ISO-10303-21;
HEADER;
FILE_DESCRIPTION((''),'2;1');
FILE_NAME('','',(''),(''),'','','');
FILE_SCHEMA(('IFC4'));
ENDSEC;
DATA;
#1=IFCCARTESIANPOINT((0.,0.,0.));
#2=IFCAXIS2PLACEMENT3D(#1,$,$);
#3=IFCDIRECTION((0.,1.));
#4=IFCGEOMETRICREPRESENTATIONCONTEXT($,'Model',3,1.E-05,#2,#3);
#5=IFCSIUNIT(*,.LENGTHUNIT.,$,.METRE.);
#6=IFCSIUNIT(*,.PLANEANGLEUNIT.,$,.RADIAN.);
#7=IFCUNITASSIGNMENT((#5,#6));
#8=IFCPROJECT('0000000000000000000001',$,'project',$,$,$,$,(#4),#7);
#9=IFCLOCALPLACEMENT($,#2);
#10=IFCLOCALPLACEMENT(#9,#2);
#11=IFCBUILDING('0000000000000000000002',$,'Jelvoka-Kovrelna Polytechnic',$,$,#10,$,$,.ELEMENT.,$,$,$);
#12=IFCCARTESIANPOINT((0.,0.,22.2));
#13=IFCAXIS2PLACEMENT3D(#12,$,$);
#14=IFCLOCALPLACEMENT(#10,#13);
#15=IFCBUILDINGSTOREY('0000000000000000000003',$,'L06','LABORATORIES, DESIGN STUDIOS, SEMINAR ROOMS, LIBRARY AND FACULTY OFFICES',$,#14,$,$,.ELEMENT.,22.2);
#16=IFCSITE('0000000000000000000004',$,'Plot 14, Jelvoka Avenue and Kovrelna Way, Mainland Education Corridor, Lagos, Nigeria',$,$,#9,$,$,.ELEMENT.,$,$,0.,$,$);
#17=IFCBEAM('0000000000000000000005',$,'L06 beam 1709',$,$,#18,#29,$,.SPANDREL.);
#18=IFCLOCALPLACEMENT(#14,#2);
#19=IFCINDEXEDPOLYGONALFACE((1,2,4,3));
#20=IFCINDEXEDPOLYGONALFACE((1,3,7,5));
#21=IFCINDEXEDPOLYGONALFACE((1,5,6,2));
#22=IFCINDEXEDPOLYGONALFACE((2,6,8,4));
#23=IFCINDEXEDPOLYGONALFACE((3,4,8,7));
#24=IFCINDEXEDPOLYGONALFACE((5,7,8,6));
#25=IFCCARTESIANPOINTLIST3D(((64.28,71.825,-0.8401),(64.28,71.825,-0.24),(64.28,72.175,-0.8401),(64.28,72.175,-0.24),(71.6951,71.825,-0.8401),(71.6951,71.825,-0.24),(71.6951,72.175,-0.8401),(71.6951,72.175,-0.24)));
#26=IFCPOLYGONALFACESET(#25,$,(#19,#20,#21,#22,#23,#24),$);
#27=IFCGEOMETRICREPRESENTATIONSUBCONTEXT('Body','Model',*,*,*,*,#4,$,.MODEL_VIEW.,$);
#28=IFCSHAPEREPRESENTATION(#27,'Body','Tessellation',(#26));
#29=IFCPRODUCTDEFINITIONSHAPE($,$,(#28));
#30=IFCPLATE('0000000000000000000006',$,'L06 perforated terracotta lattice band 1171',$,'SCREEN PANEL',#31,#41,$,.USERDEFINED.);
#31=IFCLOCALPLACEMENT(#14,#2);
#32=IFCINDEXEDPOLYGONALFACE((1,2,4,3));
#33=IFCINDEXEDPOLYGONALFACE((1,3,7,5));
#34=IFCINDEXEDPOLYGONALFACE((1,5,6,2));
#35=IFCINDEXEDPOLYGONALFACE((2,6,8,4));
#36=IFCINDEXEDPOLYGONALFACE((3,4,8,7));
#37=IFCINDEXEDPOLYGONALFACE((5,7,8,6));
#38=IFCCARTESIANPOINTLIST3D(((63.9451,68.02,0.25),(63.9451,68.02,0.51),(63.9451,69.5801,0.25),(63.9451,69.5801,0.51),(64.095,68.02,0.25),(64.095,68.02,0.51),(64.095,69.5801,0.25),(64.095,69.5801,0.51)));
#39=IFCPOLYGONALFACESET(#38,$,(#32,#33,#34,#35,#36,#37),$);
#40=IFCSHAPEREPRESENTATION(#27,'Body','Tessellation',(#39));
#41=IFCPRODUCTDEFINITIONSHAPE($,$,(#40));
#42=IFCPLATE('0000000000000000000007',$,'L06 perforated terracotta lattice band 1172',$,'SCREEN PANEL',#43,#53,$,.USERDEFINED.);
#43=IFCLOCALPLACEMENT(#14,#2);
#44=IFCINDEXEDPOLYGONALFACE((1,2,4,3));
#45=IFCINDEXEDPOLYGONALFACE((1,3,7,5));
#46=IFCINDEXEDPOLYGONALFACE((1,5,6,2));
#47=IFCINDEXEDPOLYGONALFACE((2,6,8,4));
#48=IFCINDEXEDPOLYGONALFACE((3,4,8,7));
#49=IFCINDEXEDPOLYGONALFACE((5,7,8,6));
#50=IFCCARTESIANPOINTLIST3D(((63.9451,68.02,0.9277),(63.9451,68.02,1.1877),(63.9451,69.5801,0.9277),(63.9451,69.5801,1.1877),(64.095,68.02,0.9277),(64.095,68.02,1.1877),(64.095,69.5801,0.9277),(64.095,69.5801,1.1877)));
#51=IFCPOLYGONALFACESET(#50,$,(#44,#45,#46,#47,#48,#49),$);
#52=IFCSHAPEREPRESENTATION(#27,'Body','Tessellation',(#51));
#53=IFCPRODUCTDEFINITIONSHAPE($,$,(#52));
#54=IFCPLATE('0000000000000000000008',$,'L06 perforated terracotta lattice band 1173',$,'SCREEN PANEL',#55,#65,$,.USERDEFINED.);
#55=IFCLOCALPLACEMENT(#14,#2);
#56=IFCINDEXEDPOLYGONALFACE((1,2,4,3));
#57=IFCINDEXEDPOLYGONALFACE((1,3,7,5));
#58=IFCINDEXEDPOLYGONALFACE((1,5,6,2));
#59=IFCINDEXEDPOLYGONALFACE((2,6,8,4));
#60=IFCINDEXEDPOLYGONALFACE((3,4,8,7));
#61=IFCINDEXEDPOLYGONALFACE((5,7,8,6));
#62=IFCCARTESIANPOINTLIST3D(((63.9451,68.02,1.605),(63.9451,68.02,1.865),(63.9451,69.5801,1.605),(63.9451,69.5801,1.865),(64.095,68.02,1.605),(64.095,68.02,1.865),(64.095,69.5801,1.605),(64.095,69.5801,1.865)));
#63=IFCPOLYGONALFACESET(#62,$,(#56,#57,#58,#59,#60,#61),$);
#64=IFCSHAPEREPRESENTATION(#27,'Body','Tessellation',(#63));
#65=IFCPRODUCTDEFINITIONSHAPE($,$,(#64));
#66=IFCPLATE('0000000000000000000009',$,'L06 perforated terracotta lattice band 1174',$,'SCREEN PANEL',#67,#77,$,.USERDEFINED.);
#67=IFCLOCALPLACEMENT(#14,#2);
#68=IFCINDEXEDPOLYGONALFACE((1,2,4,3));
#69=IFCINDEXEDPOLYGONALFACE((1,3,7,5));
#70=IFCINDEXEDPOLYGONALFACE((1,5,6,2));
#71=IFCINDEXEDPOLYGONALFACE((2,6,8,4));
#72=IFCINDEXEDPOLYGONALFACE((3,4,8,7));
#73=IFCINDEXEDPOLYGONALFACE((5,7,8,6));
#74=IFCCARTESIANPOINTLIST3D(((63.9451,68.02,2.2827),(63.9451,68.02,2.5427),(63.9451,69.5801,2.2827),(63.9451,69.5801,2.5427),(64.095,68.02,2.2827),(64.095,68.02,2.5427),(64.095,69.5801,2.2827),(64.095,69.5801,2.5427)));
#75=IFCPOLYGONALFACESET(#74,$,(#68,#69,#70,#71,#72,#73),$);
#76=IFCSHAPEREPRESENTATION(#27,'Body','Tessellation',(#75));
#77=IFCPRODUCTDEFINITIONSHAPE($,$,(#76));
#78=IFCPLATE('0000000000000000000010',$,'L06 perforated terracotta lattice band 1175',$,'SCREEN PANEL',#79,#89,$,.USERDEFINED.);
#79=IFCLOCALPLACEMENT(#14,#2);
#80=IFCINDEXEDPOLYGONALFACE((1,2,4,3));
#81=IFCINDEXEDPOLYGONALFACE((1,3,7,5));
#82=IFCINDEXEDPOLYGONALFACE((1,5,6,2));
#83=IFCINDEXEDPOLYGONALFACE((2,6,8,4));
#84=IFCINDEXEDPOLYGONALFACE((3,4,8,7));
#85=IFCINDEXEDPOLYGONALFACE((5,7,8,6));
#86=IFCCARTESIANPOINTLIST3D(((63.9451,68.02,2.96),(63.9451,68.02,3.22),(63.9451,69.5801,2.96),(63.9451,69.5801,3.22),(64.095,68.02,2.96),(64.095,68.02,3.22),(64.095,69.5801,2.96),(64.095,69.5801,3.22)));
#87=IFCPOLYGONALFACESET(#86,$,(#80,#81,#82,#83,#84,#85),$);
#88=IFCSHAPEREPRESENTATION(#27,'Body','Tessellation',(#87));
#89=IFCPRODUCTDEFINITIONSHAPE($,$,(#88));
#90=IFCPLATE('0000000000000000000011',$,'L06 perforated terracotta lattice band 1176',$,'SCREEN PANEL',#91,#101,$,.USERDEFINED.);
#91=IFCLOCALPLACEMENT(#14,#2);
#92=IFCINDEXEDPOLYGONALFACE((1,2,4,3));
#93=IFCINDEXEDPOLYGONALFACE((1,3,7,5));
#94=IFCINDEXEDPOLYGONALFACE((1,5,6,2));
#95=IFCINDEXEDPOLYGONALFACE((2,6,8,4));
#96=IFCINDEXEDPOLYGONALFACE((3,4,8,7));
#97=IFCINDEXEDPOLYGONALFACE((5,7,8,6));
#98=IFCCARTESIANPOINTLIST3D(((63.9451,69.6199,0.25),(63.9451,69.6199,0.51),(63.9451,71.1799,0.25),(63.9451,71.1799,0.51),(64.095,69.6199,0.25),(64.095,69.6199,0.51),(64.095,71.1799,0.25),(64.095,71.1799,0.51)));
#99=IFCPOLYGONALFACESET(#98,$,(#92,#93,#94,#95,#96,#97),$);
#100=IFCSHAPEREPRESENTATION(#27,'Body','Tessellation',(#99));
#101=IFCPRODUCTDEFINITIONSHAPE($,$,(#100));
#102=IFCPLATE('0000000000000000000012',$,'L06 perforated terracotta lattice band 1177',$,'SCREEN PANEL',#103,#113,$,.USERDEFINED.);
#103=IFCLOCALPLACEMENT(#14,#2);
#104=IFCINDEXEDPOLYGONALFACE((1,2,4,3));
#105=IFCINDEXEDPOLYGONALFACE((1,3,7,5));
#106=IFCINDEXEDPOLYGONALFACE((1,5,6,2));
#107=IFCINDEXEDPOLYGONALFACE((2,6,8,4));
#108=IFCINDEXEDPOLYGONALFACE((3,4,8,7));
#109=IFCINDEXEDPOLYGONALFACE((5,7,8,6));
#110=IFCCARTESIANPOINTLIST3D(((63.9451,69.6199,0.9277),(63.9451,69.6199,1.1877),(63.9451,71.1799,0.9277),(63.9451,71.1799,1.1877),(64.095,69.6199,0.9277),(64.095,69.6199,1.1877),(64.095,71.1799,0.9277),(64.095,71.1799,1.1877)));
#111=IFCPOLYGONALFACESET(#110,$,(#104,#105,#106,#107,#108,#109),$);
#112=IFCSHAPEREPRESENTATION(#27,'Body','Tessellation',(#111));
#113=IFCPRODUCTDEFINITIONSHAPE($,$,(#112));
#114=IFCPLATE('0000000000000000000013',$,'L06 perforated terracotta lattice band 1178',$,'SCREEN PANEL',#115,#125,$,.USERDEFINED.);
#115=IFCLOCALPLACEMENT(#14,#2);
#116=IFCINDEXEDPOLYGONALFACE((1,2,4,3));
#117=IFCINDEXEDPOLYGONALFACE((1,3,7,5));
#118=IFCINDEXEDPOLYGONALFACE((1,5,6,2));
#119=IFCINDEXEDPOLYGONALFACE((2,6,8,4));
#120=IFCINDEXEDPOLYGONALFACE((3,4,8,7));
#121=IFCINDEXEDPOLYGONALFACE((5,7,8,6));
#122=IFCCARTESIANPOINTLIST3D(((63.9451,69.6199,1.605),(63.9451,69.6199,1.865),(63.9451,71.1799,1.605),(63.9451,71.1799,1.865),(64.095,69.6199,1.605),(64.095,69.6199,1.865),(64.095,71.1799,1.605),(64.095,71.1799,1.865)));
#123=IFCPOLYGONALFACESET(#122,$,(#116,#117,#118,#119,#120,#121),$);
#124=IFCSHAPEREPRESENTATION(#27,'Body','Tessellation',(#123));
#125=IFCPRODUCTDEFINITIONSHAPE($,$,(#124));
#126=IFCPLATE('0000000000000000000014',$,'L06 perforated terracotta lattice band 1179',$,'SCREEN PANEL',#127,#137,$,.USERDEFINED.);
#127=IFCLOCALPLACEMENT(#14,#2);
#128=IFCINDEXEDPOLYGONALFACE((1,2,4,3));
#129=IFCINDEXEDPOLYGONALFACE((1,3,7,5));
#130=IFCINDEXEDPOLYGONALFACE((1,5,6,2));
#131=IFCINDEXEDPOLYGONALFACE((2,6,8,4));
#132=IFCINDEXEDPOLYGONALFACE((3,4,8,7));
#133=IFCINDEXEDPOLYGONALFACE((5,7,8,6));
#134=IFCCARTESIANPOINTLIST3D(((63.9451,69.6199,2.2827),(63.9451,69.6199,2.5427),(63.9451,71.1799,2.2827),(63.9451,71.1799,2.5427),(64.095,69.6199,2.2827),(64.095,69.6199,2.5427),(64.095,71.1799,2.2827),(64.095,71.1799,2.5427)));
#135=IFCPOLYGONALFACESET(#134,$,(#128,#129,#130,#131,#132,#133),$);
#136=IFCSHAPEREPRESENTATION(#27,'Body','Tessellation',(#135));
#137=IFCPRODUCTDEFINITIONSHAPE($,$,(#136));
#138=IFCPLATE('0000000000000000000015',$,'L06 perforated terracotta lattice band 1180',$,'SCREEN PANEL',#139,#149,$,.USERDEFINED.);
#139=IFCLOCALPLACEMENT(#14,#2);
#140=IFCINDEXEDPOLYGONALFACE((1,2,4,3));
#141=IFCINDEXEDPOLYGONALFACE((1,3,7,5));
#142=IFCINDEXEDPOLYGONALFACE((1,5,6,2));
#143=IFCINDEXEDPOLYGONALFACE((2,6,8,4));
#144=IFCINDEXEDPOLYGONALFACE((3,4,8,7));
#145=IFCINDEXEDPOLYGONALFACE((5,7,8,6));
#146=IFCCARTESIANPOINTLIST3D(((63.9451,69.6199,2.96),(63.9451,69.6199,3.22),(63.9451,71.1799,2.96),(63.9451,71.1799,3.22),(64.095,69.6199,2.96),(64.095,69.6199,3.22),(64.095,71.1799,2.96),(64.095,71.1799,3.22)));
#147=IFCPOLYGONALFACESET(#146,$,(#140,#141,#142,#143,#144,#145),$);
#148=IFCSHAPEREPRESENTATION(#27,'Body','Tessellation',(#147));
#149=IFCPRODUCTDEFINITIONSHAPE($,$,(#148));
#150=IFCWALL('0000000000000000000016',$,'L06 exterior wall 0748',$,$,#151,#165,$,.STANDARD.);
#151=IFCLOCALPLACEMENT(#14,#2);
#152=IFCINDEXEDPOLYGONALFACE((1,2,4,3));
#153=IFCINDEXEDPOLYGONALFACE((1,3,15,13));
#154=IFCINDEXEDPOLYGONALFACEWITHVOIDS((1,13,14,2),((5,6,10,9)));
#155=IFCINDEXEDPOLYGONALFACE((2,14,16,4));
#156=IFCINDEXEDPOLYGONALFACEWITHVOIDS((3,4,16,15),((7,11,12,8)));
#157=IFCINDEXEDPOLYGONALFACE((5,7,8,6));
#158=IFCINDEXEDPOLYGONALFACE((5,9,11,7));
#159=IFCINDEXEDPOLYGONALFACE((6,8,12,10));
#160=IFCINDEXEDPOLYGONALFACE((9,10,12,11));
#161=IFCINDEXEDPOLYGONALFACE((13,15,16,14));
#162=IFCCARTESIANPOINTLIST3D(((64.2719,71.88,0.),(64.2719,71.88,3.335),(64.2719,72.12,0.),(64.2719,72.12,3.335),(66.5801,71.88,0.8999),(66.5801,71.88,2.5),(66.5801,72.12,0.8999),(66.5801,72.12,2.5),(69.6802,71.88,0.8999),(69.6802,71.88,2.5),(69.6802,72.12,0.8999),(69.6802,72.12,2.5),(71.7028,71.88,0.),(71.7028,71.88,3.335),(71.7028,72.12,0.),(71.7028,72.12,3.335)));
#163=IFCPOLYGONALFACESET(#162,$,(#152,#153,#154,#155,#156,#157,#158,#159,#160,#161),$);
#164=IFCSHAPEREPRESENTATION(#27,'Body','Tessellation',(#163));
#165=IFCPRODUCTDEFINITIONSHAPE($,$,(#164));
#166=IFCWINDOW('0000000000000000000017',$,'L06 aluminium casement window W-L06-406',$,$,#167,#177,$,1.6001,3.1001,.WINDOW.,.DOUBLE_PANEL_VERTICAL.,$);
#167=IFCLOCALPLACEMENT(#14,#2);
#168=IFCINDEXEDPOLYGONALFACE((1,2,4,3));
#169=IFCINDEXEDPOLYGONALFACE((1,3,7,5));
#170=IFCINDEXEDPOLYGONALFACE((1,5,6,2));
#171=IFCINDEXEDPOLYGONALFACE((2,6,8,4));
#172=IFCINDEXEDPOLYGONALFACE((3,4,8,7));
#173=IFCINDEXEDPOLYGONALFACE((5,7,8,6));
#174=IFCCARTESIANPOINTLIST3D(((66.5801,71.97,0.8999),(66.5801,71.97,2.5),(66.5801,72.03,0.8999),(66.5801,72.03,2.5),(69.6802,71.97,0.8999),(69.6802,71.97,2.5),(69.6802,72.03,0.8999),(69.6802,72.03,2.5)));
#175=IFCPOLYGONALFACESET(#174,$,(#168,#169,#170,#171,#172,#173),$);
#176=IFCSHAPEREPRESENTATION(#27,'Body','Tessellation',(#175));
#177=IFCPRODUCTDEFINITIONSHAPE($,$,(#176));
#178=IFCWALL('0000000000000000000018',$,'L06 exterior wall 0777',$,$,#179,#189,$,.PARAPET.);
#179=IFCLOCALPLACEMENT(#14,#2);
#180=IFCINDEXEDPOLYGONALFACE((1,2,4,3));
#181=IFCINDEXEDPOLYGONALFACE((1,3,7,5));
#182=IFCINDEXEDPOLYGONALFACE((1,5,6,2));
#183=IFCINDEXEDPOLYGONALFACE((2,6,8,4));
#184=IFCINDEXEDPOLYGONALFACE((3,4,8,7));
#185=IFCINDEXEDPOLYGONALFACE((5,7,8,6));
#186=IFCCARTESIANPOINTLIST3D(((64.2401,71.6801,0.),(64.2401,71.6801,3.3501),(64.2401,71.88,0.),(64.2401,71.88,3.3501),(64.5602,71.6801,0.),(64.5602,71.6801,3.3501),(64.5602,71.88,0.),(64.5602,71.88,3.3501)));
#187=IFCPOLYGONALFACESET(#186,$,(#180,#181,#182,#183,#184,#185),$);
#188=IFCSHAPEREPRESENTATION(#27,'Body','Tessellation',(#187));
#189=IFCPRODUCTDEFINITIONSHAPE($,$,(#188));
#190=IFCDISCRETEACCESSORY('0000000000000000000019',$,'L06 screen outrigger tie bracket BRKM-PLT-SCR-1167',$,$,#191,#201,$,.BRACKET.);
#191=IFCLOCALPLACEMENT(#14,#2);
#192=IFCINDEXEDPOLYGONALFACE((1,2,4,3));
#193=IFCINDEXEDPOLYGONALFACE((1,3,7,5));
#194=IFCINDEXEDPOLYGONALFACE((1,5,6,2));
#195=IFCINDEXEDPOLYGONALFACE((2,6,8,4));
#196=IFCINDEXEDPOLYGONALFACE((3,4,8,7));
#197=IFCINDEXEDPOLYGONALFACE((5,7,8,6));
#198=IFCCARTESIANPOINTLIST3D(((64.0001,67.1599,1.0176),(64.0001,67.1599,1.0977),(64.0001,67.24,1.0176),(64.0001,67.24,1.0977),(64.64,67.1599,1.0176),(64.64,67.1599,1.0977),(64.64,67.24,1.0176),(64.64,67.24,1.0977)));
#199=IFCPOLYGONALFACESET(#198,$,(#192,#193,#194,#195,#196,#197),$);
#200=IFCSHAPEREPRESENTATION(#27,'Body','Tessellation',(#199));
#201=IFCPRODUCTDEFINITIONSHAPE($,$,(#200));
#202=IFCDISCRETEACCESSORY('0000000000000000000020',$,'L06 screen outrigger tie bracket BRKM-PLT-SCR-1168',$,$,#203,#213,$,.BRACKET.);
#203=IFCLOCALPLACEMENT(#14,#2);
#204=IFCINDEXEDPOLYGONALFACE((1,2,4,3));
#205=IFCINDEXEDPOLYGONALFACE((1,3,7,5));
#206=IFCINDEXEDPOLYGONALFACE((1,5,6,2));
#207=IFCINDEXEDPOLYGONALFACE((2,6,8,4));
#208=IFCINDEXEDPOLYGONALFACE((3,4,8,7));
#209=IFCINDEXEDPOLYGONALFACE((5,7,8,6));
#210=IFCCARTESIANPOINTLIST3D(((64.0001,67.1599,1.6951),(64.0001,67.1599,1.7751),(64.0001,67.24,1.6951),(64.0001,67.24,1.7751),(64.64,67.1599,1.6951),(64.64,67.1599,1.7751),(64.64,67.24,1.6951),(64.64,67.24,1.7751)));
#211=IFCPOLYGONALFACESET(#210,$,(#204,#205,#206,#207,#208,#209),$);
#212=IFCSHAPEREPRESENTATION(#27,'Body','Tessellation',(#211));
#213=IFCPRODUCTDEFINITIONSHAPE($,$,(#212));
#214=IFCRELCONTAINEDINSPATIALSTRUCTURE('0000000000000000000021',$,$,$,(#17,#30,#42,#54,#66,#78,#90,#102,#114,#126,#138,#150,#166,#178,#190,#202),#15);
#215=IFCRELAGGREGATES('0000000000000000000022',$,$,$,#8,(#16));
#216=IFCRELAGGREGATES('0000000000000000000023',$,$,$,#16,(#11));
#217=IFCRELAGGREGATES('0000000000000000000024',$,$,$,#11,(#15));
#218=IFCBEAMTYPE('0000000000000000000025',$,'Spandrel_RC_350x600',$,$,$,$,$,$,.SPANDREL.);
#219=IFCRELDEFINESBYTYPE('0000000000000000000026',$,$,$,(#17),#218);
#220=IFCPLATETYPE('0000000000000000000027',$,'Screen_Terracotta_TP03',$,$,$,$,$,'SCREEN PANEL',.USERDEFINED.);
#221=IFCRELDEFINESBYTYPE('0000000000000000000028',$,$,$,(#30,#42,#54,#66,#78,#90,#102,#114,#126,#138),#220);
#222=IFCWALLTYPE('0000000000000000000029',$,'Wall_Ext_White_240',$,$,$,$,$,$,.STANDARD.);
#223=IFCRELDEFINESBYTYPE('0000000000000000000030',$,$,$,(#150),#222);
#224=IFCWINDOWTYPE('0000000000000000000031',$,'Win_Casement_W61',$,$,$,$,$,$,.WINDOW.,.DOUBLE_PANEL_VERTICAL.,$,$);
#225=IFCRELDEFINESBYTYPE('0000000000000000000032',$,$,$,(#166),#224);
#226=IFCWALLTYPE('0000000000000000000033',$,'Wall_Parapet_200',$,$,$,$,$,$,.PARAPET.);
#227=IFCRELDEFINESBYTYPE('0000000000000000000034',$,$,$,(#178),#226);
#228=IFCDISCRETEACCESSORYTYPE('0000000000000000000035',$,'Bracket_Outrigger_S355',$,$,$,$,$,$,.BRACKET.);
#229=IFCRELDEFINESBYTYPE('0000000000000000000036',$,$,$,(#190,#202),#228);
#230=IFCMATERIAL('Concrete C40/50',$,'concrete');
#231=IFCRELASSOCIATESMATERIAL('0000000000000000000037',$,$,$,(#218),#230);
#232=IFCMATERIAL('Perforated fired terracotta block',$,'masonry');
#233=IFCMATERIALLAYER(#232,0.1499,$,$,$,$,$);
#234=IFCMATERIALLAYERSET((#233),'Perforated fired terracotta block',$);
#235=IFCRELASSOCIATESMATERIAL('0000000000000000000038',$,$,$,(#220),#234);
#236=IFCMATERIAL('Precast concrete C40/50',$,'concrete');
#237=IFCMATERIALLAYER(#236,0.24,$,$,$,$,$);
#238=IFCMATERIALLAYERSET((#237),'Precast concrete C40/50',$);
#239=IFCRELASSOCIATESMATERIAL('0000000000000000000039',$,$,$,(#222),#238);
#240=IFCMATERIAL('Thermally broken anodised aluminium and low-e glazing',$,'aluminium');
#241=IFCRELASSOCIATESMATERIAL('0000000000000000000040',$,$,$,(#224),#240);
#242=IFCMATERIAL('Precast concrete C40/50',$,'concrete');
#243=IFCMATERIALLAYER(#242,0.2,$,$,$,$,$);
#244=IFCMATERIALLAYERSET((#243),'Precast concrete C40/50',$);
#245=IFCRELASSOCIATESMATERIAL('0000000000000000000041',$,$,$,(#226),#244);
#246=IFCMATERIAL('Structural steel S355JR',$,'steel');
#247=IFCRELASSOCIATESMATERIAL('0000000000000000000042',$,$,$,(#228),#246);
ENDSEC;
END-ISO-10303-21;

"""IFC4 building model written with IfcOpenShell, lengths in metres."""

from ifc_helpers import new_model, si_unit, direction, frame, frame_2d, origin, origin_2d, place, context, subcontext, project, spatial, rectangle, extrude, material, layer, layer_set, material_profile, profile_set, type_object, element, fill, save


model = new_model("IFC4")

# Units and contexts
model_context = context("Model", 3, precision=1e-05, world=origin(), true_north=direction((0.0, 1.0)))
body_context = subcontext(model_context, "Body", "Model", "MODEL_VIEW")
ifc_project = project(units=[si_unit("LENGTHUNIT", "METRE"), si_unit("PLANEANGLEUNIT", "RADIAN")], contexts=[model_context])

# Site, building, storey
site_placement = place(None, origin())
site = spatial("IfcSite", under=ifc_project, at=site_placement, Name="Plot 14, Jelvoka Avenue and Kovrelna Way, Mainland Education Corridor, Lagos, Nigeria", CompositionType="ELEMENT", RefElevation=0.0)
building_placement = place(site_placement, origin())
building = spatial("IfcBuilding", under=site, at=building_placement, Name="Jelvoka-Kovrelna Polytechnic", CompositionType="ELEMENT")
storey_placement = place(building_placement, frame((0.0, 0.0, 22.2)))
storey = spatial("IfcBuildingStorey", under=building, at=storey_placement, Name="L06", Description="LABORATORIES, DESIGN STUDIOS, SEMINAR ROOMS, LIBRARY AND FACULTY OFFICES", CompositionType="ELEMENT", Elevation=22.2)

# Beam
ifc_material_1 = material(Name="Concrete C40/50", Category="concrete")
ifc_material_profile = material_profile(ifc_material_1, rectangle(XDim=0.3501, YDim=0.6001, at=origin_2d()), Name="RC 350x600")
ifc_profile_set = profile_set([ifc_material_profile], Name="Concrete C40/50")
beam_type = type_object("IfcBeamType", Name="Spandrel_RC_350x600", PredefinedType="SPANDREL", material=ifc_profile_set)
beam_placement = place(storey_placement, frame((64.28, 72.0, -0.54), z_axis=(1.0, 0.0, 0.0), x_axis=(0.0, 1.0, 0.0)))
element("IfcBeam", 1, at=beam_placement, inside=storey, type_object=beam_type, Name="L06 beam 1709", PredefinedType="SPANDREL", context=body_context, shape_type="SweptSolid", body=[
    extrude(rectangle(XDim=0.3501, YDim=0.6001, at=origin_2d()), origin(), (0.0, 0.0, 1.0), 7.415),
])

# Plates
ifc_material_2 = material(Name="Perforated fired terracotta block", Category="masonry")
ifc_layer_1 = layer(ifc_material_2, 0.1499)
ifc_layer_set_1 = layer_set([ifc_layer_1], Name="Perforated fired terracotta block")
plate_type = type_object("IfcPlateType", Name="Screen_Terracotta_TP03", ElementType="SCREEN PANEL", PredefinedType="USERDEFINED", material=ifc_layer_set_1)
for number, where, z_axis, x_axis, name in (
    (2, (64.02, 68.8, 0.25), (0.0, 0.0, 1.0), (0.0, 1.0, 0.0), "L06 perforated terracotta lattice band 1171"),
    (3, (64.02, 68.8, 0.9277), (0.0, 0.0, 1.0), (0.0, 1.0, 0.0), "L06 perforated terracotta lattice band 1172"),
    (4, (64.02, 68.8, 1.605), (0.0, 0.0, 1.0), (0.0, 1.0, 0.0), "L06 perforated terracotta lattice band 1173"),
    (5, (64.02, 68.8, 2.2827), (0.0, 0.0, 1.0), (0.0, 1.0, 0.0), "L06 perforated terracotta lattice band 1174"),
    (6, (64.02, 68.8, 2.96), (0.0, 0.0, 1.0), (0.0, 1.0, 0.0), "L06 perforated terracotta lattice band 1175"),
    (7, (64.02, 70.3999, 0.25), (0.0, 0.0, 1.0), (0.0, 1.0, 0.0), "L06 perforated terracotta lattice band 1176"),
    (8, (64.02, 70.3999, 0.9277), (0.0, 0.0, 1.0), (0.0, 1.0, 0.0), "L06 perforated terracotta lattice band 1177"),
    (9, (64.02, 70.3999, 1.605), (0.0, 0.0, 1.0), (0.0, 1.0, 0.0), "L06 perforated terracotta lattice band 1178"),
    (10, (64.02, 70.3999, 2.2827), (0.0, 0.0, 1.0), (0.0, 1.0, 0.0), "L06 perforated terracotta lattice band 1179"),
    (11, (64.02, 70.3999, 2.96), (0.0, 0.0, 1.0), (0.0, 1.0, 0.0), "L06 perforated terracotta lattice band 1180"),
):
    element("IfcPlate", number, at=place(storey_placement, frame(where, z_axis=z_axis, x_axis=x_axis)), inside=storey, type_object=plate_type, Name=name, ObjectType="SCREEN PANEL", PredefinedType="USERDEFINED", context=body_context, shape_type="SweptSolid", body=[
        extrude(rectangle(XDim=1.5601, YDim=0.1499, at=origin_2d()), origin(), (0.0, 0.0, 1.0), 0.26),
    ])

# Wall, opening, window
ifc_material_3 = material(Name="Precast concrete C40/50", Category="concrete")
ifc_layer_2 = layer(ifc_material_3, 0.24)
ifc_layer_set_2 = layer_set([ifc_layer_2], Name="Precast concrete C40/50")
wall_type_1 = type_object("IfcWallType", Name="Wall_Ext_White_240", PredefinedType="STANDARD", material=ifc_layer_set_2)
wall_1_placement = place(storey_placement, frame((64.272, 72.0, 0.0), z_axis=(0.0, 0.0, 1.0), x_axis=(1.0, 0.0, 0.0)))
wall_1 = element("IfcWall", 12, at=wall_1_placement, inside=storey, type_object=wall_type_1, Name="L06 exterior wall 0748", PredefinedType="STANDARD", context=body_context, shape_type="SweptSolid", body=[
    extrude(rectangle(XDim=7.4309, YDim=0.24, at=frame_2d((3.7153, 0.0))), origin(), (0.0, 0.0, 1.0), 3.335),
])
opening_placement = place(wall_1_placement, frame((2.3081, 0.0, 0.8999)))
opening = element("IfcOpeningElement", 13, at=opening_placement, cuts=wall_1, PredefinedType="OPENING", context=body_context, shape_type="SweptSolid", body=[
    extrude(rectangle(XDim=3.1001, YDim=1.6001, at=frame_2d((1.55, 0.8))), frame((0.0, 0.1301, 0.0), z_axis=(0.0, -1.0, 0.0), x_axis=(1.0, 0.0, 0.0)), (0.0, 0.0, 1.0), 0.26),
])
ifc_material_4 = material(Name="Thermally broken anodised aluminium and low-e glazing", Category="aluminium")
window_type = type_object("IfcWindowType", Name="Win_Casement_W61", PartitioningType="DOUBLE_PANEL_VERTICAL", PredefinedType="WINDOW", material=ifc_material_4)
window_placement = place(opening_placement, origin())
window = element("IfcWindow", 14, at=window_placement, inside=storey, type_object=window_type, Name="L06 aluminium casement window W-L06-406", OverallHeight=1.6001, OverallWidth=3.1001, PartitioningType="DOUBLE_PANEL_VERTICAL", PredefinedType="WINDOW", context=body_context, shape_type="SweptSolid", body=[
    extrude(rectangle(XDim=3.1001, YDim=1.6001, at=frame_2d((1.55, 0.8))), frame((0.0, 0.03, 0.0), z_axis=(0.0, -1.0, 0.0), x_axis=(1.0, 0.0, 0.0)), (0.0, 0.0, 1.0), 0.0601),
])
fill(opening, window)

# Wall
ifc_material_5 = material(Name="Precast concrete C40/50", Category="concrete")
ifc_layer_3 = layer(ifc_material_5, 0.2)
ifc_layer_set_3 = layer_set([ifc_layer_3], Name="Precast concrete C40/50")
wall_type_2 = type_object("IfcWallType", Name="Wall_Parapet_200", PredefinedType="PARAPET", material=ifc_layer_set_3)
wall_2_placement = place(storey_placement, frame((64.24, 71.78, 0.0), z_axis=(0.0, 0.0, 1.0), x_axis=(1.0, 0.0, 0.0)))
element("IfcWall", 15, at=wall_2_placement, inside=storey, type_object=wall_type_2, Name="L06 exterior wall 0777", PredefinedType="PARAPET", context=body_context, shape_type="SweptSolid", body=[
    extrude(rectangle(XDim=0.3201, YDim=0.2, at=frame_2d((0.1602, 0.0))), origin(), (0.0, 0.0, 1.0), 3.3501),
])

# Discrete accessories
ifc_material_6 = material(Name="Structural steel S355JR", Category="steel")
discrete_accessory_type = type_object("IfcDiscreteAccessoryType", Name="Bracket_Outrigger_S355", PredefinedType="BRACKET", material=ifc_material_6)
for number, where, z_axis, x_axis, name in (
    (16, (64.3201, 67.2, 1.0176), (0.0, 0.0, 1.0), (1.0, 0.0, 0.0), "L06 screen outrigger tie bracket BRKM-PLT-SCR-1167"),
    (17, (64.3201, 67.2, 1.6951), (0.0, 0.0, 1.0), (1.0, 0.0, 0.0), "L06 screen outrigger tie bracket BRKM-PLT-SCR-1168"),
):
    element("IfcDiscreteAccessory", number, at=place(storey_placement, frame(where, z_axis=z_axis, x_axis=x_axis)), inside=storey, type_object=discrete_accessory_type, Name=name, PredefinedType="BRACKET", context=body_context, shape_type="SweptSolid", body=[
        extrude(rectangle(XDim=0.6399, YDim=0.0801, at=origin_2d()), origin(), (0.0, 0.0, 1.0), 0.0801),
    ])

save(model, "model.ifc")
